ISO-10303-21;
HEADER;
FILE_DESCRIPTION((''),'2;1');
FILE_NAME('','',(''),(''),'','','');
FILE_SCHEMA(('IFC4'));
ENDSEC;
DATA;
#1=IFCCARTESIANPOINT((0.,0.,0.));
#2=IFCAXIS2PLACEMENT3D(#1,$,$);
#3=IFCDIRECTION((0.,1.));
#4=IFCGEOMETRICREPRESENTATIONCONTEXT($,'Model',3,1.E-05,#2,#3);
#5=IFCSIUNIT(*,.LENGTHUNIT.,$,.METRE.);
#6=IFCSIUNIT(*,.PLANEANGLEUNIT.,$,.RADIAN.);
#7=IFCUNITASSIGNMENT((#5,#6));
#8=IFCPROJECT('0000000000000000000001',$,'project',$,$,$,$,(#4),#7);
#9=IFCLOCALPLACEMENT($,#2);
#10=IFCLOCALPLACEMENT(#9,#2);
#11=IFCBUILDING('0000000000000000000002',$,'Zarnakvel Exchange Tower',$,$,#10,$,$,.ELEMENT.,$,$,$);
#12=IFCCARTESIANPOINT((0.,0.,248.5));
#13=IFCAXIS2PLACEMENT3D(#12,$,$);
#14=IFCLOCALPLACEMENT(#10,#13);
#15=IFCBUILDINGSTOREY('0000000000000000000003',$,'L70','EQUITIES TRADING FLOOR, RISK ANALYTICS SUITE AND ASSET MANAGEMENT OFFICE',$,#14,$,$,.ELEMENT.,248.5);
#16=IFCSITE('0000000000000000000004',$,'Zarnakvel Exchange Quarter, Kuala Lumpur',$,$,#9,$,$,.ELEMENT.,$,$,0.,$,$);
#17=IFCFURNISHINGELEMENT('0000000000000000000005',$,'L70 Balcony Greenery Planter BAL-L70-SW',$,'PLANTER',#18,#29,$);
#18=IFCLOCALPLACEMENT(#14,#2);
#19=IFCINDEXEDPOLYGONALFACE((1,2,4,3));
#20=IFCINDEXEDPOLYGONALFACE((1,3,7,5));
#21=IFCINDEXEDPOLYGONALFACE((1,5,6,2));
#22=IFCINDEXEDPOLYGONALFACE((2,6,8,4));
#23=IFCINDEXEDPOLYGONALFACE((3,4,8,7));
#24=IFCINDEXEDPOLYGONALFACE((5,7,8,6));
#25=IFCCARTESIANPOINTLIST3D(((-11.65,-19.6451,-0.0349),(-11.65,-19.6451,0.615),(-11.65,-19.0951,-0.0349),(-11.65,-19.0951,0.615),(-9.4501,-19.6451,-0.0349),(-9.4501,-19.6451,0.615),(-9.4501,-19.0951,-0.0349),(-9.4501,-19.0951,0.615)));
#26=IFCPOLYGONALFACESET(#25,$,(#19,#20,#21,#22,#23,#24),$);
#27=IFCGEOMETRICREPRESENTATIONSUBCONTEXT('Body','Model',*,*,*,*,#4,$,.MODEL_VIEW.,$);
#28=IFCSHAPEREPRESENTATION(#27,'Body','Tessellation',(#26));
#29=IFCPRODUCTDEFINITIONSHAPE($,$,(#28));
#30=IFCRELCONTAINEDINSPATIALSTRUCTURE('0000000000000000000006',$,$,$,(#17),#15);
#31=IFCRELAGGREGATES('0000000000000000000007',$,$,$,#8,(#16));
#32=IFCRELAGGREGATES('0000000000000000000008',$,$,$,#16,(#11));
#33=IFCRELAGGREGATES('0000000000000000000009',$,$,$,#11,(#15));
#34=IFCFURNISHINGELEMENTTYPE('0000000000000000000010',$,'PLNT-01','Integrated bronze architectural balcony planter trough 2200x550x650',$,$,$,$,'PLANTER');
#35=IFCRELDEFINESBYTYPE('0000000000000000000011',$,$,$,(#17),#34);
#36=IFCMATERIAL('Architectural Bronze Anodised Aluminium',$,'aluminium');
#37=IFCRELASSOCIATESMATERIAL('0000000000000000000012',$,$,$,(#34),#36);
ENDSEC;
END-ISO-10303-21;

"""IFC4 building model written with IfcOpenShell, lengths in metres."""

from ifc_helpers import new_model, si_unit, direction, frame, origin, origin_2d, place, context, subcontext, project, spatial, rectangle, extrude, source, transform, mapped, material, type_object, element, save


model = new_model("IFC4")

# Units and contexts
model_context = context("Model", 3, precision=1e-05, world=origin(), true_north=direction((0.0, 1.0)))
body_context = subcontext(model_context, "Body", "Model", "MODEL_VIEW")
ifc_project = project(units=[si_unit("LENGTHUNIT", "METRE"), si_unit("PLANEANGLEUNIT", "RADIAN")], contexts=[model_context])

# Site, building, storey
site_placement = place(None, origin())
site = spatial("IfcSite", under=ifc_project, at=site_placement, Name="Zarnakvel Exchange Quarter, Kuala Lumpur", CompositionType="ELEMENT", RefElevation=0.0)
building_placement = place(site_placement, origin())
building = spatial("IfcBuilding", under=site, at=building_placement, Name="Zarnakvel Exchange Tower", CompositionType="ELEMENT")
storey_placement = place(building_placement, frame((0.0, 0.0, 248.5)))
storey = spatial("IfcBuildingStorey", under=building, at=storey_placement, Name="L70", Description="EQUITIES TRADING FLOOR, RISK ANALYTICS SUITE AND ASSET MANAGEMENT OFFICE", CompositionType="ELEMENT", Elevation=248.5)

# Shared definitions
ifc_material_1 = material(Name="Architectural Bronze Anodised Aluminium", Category="aluminium")

# Furnishing element
furnishing_element_type = type_object("IfcFurnishingElementType", Name="PLNT-01", Description="Integrated bronze architectural balcony planter trough 2200x550x650", ElementType="PLANTER", material=ifc_material_1)
shared_shape_1 = source(origin(), body_context, "Body", "SweptSolid", [
    extrude(rectangle(XDim=2.2, YDim=0.55, at=origin_2d()), origin(), (0.0, 0.0, 1.0), 0.6499),
])
furnishing_placement = place(storey_placement, frame((-10.55, -19.3701, -0.0349), z_axis=(0.0, 0.0, 1.0), x_axis=(1.0, 0.0, 0.0)))
element("IfcFurnishingElement", 1, at=furnishing_placement, inside=storey, type_object=furnishing_element_type, Name="L70 Balcony Greenery Planter BAL-L70-SW", ObjectType="PLANTER", context=body_context, shape_type="MappedRepresentation", body=[
    mapped(shared_shape_1, transform((0.0, 0.0, 0.0), x_axis=(1.0, 0.0, 0.0), y_axis=(0.0, 1.0, 0.0), z_axis=(0.0, 0.0, 1.0), scale=1.0)),
])

save(model, "model.ifc")
